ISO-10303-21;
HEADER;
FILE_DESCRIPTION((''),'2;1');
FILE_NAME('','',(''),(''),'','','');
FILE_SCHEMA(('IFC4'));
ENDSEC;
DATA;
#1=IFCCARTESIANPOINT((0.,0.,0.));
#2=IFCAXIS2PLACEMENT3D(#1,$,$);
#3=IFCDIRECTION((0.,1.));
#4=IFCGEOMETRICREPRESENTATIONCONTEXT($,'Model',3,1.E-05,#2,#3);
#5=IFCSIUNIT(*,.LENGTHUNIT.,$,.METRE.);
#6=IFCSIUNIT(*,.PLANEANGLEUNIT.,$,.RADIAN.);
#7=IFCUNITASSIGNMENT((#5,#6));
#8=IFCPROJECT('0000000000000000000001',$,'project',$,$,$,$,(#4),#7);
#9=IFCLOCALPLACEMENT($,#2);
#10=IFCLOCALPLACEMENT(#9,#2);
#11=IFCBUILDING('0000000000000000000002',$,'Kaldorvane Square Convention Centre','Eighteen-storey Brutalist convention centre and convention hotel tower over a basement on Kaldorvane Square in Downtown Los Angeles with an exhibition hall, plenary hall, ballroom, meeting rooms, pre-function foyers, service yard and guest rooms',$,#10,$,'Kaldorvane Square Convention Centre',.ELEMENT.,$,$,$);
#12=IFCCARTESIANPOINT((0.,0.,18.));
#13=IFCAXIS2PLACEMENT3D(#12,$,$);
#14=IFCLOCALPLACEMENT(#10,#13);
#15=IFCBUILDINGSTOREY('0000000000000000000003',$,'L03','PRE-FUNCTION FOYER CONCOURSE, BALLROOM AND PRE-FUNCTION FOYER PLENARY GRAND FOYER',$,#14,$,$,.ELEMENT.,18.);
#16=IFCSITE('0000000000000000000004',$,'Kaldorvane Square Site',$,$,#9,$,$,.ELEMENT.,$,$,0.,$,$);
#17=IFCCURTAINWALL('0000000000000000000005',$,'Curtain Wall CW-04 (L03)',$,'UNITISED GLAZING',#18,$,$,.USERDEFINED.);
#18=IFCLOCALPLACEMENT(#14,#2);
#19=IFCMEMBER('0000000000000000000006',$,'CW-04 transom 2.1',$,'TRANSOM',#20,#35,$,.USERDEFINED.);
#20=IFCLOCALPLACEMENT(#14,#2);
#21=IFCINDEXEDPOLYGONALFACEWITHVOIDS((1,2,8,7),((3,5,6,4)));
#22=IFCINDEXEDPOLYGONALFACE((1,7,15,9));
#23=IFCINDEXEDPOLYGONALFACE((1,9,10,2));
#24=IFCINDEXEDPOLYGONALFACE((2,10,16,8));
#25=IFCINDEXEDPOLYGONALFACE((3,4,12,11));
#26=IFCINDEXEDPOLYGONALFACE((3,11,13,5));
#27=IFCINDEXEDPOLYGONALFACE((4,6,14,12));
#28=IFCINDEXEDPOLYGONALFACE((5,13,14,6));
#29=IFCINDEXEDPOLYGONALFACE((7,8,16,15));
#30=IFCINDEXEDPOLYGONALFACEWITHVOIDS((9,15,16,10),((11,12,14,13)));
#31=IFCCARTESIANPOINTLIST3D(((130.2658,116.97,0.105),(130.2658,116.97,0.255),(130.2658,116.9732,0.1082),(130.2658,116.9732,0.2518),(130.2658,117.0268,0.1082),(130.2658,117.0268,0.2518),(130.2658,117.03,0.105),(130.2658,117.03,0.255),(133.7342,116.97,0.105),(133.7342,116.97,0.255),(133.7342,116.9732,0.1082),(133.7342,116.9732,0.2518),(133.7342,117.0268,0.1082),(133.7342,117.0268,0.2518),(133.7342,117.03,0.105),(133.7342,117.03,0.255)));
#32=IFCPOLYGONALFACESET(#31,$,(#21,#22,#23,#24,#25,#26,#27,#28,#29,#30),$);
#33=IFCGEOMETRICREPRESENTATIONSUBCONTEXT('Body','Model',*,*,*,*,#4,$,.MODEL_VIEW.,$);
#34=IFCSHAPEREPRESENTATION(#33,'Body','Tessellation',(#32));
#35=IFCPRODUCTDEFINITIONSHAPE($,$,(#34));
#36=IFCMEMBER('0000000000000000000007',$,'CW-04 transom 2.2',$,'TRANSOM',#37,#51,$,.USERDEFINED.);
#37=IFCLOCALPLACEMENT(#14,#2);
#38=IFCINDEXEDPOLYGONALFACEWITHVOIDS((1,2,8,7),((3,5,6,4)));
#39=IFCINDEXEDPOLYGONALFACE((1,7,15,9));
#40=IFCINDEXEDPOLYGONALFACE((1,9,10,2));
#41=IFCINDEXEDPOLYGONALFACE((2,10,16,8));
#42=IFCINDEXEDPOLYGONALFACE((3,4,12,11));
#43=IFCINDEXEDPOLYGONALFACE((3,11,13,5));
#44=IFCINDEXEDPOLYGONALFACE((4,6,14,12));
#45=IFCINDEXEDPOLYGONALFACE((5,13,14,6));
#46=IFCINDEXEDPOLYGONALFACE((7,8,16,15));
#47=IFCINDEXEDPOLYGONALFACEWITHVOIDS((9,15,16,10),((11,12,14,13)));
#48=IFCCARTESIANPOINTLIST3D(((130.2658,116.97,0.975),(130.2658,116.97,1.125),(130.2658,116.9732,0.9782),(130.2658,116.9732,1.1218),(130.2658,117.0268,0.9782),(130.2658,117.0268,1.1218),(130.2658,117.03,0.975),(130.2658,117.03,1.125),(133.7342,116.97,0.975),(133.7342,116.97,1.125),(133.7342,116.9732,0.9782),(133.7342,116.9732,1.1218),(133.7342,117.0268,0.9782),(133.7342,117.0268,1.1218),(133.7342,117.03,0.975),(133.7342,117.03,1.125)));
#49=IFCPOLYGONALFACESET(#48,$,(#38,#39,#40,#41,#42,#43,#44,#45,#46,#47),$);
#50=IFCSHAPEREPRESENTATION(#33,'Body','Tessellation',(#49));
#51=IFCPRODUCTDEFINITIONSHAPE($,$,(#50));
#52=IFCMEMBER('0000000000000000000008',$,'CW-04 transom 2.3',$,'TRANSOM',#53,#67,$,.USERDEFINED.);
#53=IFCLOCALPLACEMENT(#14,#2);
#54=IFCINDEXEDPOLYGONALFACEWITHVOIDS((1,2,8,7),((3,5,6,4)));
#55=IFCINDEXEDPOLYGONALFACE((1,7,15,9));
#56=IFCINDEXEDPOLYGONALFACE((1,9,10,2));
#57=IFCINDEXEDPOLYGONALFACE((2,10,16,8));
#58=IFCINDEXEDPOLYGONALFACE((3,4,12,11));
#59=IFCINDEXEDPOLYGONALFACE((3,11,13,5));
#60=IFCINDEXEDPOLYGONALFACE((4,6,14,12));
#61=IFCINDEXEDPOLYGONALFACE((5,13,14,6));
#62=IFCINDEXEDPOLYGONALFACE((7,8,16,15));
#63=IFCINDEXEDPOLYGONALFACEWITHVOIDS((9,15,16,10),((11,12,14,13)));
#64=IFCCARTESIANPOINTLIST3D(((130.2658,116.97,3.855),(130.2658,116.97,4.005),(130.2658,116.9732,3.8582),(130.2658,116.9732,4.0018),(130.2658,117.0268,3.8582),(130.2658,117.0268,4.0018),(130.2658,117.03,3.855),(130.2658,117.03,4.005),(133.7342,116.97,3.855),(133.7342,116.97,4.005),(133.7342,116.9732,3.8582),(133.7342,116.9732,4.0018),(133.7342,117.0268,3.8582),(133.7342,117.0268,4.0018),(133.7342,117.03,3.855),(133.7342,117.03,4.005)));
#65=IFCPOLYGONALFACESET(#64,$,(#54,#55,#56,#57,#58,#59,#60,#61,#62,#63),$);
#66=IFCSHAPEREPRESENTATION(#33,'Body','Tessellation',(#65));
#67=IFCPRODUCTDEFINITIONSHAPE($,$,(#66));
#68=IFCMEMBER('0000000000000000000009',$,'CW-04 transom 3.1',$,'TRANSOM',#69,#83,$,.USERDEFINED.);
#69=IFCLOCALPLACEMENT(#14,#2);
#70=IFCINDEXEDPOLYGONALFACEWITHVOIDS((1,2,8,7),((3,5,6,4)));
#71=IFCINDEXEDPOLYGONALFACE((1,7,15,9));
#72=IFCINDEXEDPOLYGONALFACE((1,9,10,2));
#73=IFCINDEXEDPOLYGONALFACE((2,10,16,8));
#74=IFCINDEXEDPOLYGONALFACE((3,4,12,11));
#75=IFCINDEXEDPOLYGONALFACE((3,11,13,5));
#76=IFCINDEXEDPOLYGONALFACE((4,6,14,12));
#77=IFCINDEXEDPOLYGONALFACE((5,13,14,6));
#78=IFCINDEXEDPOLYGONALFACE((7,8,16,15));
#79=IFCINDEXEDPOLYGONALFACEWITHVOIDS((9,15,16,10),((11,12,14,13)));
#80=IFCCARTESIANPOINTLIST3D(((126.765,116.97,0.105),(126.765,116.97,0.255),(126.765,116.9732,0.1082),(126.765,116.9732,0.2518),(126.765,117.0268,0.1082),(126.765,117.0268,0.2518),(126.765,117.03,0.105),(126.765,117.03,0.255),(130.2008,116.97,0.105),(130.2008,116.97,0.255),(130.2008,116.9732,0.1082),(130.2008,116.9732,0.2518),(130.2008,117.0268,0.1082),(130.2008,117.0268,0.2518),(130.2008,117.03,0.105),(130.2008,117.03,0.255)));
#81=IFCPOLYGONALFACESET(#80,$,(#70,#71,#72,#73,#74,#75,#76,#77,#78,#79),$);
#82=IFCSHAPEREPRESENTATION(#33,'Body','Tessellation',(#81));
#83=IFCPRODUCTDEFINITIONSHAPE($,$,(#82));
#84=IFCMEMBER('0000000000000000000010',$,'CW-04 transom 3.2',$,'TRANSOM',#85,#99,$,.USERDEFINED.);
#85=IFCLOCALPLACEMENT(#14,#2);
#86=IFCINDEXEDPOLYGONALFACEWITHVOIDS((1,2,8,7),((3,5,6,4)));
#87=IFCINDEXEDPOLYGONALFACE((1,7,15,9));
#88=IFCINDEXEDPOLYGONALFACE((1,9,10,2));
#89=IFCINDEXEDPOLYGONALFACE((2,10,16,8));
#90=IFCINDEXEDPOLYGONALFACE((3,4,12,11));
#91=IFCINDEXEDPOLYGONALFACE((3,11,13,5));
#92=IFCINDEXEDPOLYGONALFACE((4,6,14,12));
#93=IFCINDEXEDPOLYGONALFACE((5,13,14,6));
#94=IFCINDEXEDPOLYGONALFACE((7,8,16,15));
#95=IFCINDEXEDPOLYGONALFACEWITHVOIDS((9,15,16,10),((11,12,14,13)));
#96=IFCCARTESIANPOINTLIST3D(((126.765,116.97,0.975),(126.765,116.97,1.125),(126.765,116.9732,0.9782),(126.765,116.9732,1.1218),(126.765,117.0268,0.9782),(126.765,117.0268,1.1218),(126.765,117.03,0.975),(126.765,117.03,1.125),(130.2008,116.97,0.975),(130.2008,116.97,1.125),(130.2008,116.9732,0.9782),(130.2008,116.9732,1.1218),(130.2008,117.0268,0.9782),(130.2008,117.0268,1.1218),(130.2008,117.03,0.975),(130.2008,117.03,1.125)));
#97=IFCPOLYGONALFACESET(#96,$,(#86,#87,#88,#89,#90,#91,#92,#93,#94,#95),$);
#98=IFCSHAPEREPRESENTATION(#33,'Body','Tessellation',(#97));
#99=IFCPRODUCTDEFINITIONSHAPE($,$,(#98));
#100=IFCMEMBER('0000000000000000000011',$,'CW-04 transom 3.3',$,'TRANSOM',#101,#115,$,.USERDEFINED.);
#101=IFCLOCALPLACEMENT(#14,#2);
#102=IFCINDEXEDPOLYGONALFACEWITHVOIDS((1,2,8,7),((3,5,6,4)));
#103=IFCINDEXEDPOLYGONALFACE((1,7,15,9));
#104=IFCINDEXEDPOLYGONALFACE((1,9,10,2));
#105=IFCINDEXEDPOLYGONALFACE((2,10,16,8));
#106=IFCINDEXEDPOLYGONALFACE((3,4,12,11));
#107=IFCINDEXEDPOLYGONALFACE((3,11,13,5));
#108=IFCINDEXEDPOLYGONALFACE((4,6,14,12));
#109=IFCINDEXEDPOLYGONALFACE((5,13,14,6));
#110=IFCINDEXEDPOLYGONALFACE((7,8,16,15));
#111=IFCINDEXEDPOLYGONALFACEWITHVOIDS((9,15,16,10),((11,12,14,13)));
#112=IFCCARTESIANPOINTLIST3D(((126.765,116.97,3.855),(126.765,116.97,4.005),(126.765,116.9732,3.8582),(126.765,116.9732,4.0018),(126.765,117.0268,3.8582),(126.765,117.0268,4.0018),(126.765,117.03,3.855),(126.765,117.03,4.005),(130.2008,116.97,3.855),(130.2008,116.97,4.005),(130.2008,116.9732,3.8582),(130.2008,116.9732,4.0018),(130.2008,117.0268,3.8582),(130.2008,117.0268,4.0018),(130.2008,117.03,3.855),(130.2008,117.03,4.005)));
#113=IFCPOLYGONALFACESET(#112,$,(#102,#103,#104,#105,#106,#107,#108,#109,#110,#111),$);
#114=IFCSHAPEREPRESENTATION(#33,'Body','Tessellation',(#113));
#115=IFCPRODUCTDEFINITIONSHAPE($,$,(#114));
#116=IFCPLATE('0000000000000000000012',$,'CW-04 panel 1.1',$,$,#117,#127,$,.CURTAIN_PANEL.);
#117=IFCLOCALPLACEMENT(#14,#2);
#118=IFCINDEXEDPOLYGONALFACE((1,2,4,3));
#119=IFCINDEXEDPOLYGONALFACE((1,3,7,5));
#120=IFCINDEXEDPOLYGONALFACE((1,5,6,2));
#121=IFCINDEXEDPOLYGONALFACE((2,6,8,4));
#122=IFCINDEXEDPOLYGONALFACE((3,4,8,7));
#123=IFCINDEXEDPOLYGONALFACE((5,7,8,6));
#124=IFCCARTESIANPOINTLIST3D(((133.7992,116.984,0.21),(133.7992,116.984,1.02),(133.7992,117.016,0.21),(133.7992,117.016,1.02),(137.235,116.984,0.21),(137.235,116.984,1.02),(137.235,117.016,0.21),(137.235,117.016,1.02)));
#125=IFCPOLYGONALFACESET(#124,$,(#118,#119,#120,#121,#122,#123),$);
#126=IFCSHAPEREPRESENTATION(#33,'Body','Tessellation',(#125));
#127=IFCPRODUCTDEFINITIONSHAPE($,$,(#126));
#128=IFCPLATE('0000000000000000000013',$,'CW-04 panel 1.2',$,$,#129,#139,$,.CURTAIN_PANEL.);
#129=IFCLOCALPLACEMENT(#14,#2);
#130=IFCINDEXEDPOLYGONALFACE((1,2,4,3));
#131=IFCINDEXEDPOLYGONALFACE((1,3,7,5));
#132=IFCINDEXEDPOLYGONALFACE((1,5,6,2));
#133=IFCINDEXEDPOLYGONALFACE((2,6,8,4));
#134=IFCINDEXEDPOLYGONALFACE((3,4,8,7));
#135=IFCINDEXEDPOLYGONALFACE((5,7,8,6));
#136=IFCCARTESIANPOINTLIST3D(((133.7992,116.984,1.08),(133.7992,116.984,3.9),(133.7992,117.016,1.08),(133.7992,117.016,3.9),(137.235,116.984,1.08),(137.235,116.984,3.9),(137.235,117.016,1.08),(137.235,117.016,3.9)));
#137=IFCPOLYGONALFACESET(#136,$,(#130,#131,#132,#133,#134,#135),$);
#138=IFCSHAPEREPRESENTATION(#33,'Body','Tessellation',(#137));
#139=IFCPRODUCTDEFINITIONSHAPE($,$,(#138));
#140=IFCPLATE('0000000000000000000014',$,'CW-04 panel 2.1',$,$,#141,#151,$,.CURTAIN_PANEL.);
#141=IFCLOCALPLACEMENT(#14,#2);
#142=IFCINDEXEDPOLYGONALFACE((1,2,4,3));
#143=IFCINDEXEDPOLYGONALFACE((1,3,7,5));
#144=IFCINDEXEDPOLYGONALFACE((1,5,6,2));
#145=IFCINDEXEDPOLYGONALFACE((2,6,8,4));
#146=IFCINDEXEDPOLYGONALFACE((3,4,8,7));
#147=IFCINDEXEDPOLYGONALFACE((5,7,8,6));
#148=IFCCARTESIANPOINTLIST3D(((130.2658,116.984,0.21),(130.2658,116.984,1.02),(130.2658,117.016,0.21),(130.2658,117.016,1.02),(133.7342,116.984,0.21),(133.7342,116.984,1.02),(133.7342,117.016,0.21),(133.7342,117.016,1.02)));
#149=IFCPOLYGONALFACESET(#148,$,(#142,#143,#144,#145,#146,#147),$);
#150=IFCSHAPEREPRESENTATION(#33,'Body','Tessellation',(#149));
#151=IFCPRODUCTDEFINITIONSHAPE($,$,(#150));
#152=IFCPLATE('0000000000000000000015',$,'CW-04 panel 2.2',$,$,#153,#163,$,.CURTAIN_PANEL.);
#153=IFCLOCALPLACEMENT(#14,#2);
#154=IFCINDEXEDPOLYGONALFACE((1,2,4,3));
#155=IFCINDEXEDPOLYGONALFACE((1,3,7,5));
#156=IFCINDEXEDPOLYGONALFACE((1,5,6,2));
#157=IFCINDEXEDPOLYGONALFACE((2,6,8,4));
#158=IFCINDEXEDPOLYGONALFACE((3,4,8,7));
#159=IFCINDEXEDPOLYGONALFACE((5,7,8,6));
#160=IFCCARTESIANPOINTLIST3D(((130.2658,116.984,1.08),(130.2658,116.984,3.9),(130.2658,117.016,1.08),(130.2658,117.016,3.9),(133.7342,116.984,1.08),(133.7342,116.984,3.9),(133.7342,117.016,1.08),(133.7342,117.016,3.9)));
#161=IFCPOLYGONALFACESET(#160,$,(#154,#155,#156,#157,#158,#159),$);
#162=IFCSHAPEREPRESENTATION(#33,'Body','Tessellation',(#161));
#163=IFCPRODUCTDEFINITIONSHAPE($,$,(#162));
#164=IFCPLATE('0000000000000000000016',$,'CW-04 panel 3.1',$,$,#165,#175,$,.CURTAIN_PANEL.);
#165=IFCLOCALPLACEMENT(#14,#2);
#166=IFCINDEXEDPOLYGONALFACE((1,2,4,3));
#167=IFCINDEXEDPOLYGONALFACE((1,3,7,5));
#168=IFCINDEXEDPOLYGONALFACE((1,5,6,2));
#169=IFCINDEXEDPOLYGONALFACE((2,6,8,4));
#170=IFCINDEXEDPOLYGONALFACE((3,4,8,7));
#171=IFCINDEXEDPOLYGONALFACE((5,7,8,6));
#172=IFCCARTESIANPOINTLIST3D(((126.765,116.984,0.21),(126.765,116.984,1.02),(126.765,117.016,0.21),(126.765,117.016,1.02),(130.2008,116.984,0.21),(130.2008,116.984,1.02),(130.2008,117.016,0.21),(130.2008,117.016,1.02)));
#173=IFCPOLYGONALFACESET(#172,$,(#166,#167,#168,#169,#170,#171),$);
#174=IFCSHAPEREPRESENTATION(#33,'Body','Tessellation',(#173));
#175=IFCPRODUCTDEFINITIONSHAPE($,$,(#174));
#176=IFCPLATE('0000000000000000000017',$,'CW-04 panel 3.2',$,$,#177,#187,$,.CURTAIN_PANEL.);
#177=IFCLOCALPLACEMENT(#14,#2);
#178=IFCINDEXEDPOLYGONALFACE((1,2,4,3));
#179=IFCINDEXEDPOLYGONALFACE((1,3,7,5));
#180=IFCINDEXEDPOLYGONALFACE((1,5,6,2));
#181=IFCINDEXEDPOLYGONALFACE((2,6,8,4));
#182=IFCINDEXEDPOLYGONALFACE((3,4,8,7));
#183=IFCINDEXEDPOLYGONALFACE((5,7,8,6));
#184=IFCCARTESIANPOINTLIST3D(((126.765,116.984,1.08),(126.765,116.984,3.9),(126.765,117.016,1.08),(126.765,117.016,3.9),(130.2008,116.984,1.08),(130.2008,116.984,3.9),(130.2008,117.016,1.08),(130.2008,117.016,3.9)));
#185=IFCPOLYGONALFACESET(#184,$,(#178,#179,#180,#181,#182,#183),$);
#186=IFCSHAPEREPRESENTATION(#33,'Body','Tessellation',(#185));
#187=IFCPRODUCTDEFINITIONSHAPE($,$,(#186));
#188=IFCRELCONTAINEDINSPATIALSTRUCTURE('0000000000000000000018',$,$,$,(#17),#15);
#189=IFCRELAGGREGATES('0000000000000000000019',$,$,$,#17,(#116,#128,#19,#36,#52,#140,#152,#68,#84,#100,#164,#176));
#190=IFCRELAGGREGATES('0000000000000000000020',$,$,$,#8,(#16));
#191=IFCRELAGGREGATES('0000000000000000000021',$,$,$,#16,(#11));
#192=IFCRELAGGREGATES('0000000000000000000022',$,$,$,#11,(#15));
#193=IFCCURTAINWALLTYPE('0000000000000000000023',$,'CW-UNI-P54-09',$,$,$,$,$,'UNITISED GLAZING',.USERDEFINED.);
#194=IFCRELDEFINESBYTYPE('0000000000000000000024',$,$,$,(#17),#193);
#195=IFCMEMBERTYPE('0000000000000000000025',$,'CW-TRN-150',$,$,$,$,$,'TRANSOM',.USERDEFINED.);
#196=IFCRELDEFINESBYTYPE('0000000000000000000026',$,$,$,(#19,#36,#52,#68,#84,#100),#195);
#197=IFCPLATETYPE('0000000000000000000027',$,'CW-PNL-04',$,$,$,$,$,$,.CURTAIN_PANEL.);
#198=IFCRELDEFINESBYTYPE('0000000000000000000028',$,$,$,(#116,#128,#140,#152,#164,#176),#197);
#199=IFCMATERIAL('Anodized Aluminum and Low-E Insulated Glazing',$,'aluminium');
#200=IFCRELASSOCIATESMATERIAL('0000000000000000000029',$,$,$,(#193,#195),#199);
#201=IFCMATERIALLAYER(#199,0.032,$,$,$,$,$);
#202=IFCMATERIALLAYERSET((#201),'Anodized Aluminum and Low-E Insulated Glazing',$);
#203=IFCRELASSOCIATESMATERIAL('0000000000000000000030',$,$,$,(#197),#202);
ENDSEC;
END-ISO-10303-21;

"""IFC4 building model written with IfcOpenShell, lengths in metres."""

from ifc_helpers import new_model, si_unit, direction, frame, origin, origin_2d, place, context, subcontext, project, spatial, rectangle, hollow_rectangle, extrude, material, layer, layer_set, material_profile, profile_set, type_object, element, aggregate, save


model = new_model("IFC4")

# Units and contexts
model_context = context("Model", 3, precision=1e-05, world=origin(), true_north=direction((0.0, 1.0)))
body_context = subcontext(model_context, "Body", "Model", "MODEL_VIEW")
ifc_project = project(units=[si_unit("LENGTHUNIT", "METRE"), si_unit("PLANEANGLEUNIT", "RADIAN")], contexts=[model_context])

# Site, building, storey
site_placement = place(None, origin())
site = spatial("IfcSite", under=ifc_project, at=site_placement, Name="Kaldorvane Square Site", CompositionType="ELEMENT", RefElevation=0.0)
building_placement = place(site_placement, origin())
building = spatial("IfcBuilding", under=site, at=building_placement, Name="Kaldorvane Square Convention Centre", Description="Eighteen-storey Brutalist convention centre and convention hotel tower over a basement on Kaldorvane Square in Downtown Los Angeles with an exhibition hall, plenary hall, ballroom, meeting rooms, pre-function foyers, service yard and guest rooms", LongName="Kaldorvane Square Convention Centre", CompositionType="ELEMENT")
storey_placement = place(building_placement, frame((0.0, 0.0, 18.0)))
storey = spatial("IfcBuildingStorey", under=building, at=storey_placement, Name="L03", Description="PRE-FUNCTION FOYER CONCOURSE, BALLROOM AND PRE-FUNCTION FOYER PLENARY GRAND FOYER", CompositionType="ELEMENT", Elevation=18.0)

# Curtain wall, members, plates
ifc_material_1 = material(Name="Anodized Aluminum and Low-E Insulated Glazing", Category="aluminium")
curtain_wall_type = type_object("IfcCurtainWallType", Name="CW-UNI-P54-09", ElementType="UNITISED GLAZING", PredefinedType="USERDEFINED", material=ifc_material_1)
curtain_wall_placement = place(storey_placement, origin())
curtain_wall = element("IfcCurtainWall", 1, at=curtain_wall_placement, inside=storey, type_object=curtain_wall_type, Name="Curtain Wall CW-04 (L03)", ObjectType="UNITISED GLAZING", PredefinedType="USERDEFINED")
ifc_material_profile_1 = material_profile(ifc_material_1, hollow_rectangle(XDim=0.06, YDim=0.15, WallThickness=0.0032, at=origin_2d()), Name="CWT-150X60")
ifc_profile_set_1 = profile_set([ifc_material_profile_1], Name="Anodized Aluminum and Low-E Insulated Glazing")
member_type_1 = type_object("IfcMemberType", Name="CW-TRN-150", ElementType="TRANSOM", PredefinedType="USERDEFINED", material=ifc_profile_set_1)
member_1_placement = place(storey_placement, frame((133.7342, 117.0, 0.18), z_axis=(-1.0, 0.0, 0.0), x_axis=(0.0, -1.0, 0.0)))
member_1 = element("IfcMember", 2, at=member_1_placement, type_object=member_type_1, Name="CW-04 transom 2.1", ObjectType="TRANSOM", PredefinedType="USERDEFINED", context=body_context, shape_type="SweptSolid", body=[
    extrude(hollow_rectangle(XDim=0.06, YDim=0.15, WallThickness=0.0032, at=origin_2d()), origin(), (0.0, 0.0, 1.0), 3.4683),
])
member_2_placement = place(storey_placement, frame((133.7342, 117.0, 1.05), z_axis=(-1.0, 0.0, 0.0), x_axis=(0.0, -1.0, 0.0)))
member_2 = element("IfcMember", 3, at=member_2_placement, type_object=member_type_1, Name="CW-04 transom 2.2", ObjectType="TRANSOM", PredefinedType="USERDEFINED", context=body_context, shape_type="SweptSolid", body=[
    extrude(hollow_rectangle(XDim=0.06, YDim=0.15, WallThickness=0.0032, at=origin_2d()), origin(), (0.0, 0.0, 1.0), 3.4683),
])
member_3_placement = place(storey_placement, frame((133.7342, 117.0, 3.93), z_axis=(-1.0, 0.0, 0.0), x_axis=(0.0, -1.0, 0.0)))
member_3 = element("IfcMember", 4, at=member_3_placement, type_object=member_type_1, Name="CW-04 transom 2.3", ObjectType="TRANSOM", PredefinedType="USERDEFINED", context=body_context, shape_type="SweptSolid", body=[
    extrude(hollow_rectangle(XDim=0.06, YDim=0.15, WallThickness=0.0032, at=origin_2d()), origin(), (0.0, 0.0, 1.0), 3.4683),
])
member_4_placement = place(storey_placement, frame((130.2008, 117.0, 0.18), z_axis=(-1.0, 0.0, 0.0), x_axis=(0.0, -1.0, 0.0)))
member_4 = element("IfcMember", 5, at=member_4_placement, type_object=member_type_1, Name="CW-04 transom 3.1", ObjectType="TRANSOM", PredefinedType="USERDEFINED", context=body_context, shape_type="SweptSolid", body=[
    extrude(hollow_rectangle(XDim=0.06, YDim=0.15, WallThickness=0.0032, at=origin_2d()), origin(), (0.0, 0.0, 1.0), 3.4358),
])
member_5_placement = place(storey_placement, frame((130.2008, 117.0, 1.05), z_axis=(-1.0, 0.0, 0.0), x_axis=(0.0, -1.0, 0.0)))
member_5 = element("IfcMember", 6, at=member_5_placement, type_object=member_type_1, Name="CW-04 transom 3.2", ObjectType="TRANSOM", PredefinedType="USERDEFINED", context=body_context, shape_type="SweptSolid", body=[
    extrude(hollow_rectangle(XDim=0.06, YDim=0.15, WallThickness=0.0032, at=origin_2d()), origin(), (0.0, 0.0, 1.0), 3.4358),
])
member_6_placement = place(storey_placement, frame((130.2008, 117.0, 3.93), z_axis=(-1.0, 0.0, 0.0), x_axis=(0.0, -1.0, 0.0)))
member_6 = element("IfcMember", 7, at=member_6_placement, type_object=member_type_1, Name="CW-04 transom 3.3", ObjectType="TRANSOM", PredefinedType="USERDEFINED", context=body_context, shape_type="SweptSolid", body=[
    extrude(hollow_rectangle(XDim=0.06, YDim=0.15, WallThickness=0.0032, at=origin_2d()), origin(), (0.0, 0.0, 1.0), 3.4358),
])
ifc_layer_1 = layer(ifc_material_1, 0.032)
ifc_layer_set_1 = layer_set([ifc_layer_1], Name="Anodized Aluminum and Low-E Insulated Glazing")
plate_type = type_object("IfcPlateType", Name="CW-PNL-04", PredefinedType="CURTAIN_PANEL", material=ifc_layer_set_1)
plate_1_placement = place(storey_placement, frame((135.5171, 117.0, 0.21), z_axis=(0.0, 0.0, 1.0), x_axis=(-1.0, 0.0, 0.0)))
plate_1 = element("IfcPlate", 8, at=plate_1_placement, type_object=plate_type, Name="CW-04 panel 1.1", PredefinedType="CURTAIN_PANEL", context=body_context, shape_type="SweptSolid", body=[
    extrude(rectangle(XDim=3.4358, YDim=0.032, at=origin_2d()), origin(), (0.0, 0.0, 1.0), 0.81),
])
plate_2_placement = place(storey_placement, frame((135.5171, 117.0, 1.08), z_axis=(0.0, 0.0, 1.0), x_axis=(-1.0, 0.0, 0.0)))
plate_2 = element("IfcPlate", 9, at=plate_2_placement, type_object=plate_type, Name="CW-04 panel 1.2", PredefinedType="CURTAIN_PANEL", context=body_context, shape_type="SweptSolid", body=[
    extrude(rectangle(XDim=3.4358, YDim=0.032, at=origin_2d()), origin(), (0.0, 0.0, 1.0), 2.82),
])
plate_3_placement = place(storey_placement, frame((132.0, 117.0, 0.21), z_axis=(0.0, 0.0, 1.0), x_axis=(-1.0, 0.0, 0.0)))
plate_3 = element("IfcPlate", 10, at=plate_3_placement, type_object=plate_type, Name="CW-04 panel 2.1", PredefinedType="CURTAIN_PANEL", context=body_context, shape_type="SweptSolid", body=[
    extrude(rectangle(XDim=3.4683, YDim=0.032, at=origin_2d()), origin(), (0.0, 0.0, 1.0), 0.81),
])
plate_4_placement = place(storey_placement, frame((132.0, 117.0, 1.08), z_axis=(0.0, 0.0, 1.0), x_axis=(-1.0, 0.0, 0.0)))
plate_4 = element("IfcPlate", 11, at=plate_4_placement, type_object=plate_type, Name="CW-04 panel 2.2", PredefinedType="CURTAIN_PANEL", context=body_context, shape_type="SweptSolid", body=[
    extrude(rectangle(XDim=3.4683, YDim=0.032, at=origin_2d()), origin(), (0.0, 0.0, 1.0), 2.82),
])
plate_5_placement = place(storey_placement, frame((128.4829, 117.0, 0.21), z_axis=(0.0, 0.0, 1.0), x_axis=(-1.0, 0.0, 0.0)))
plate_5 = element("IfcPlate", 12, at=plate_5_placement, type_object=plate_type, Name="CW-04 panel 3.1", PredefinedType="CURTAIN_PANEL", context=body_context, shape_type="SweptSolid", body=[
    extrude(rectangle(XDim=3.4358, YDim=0.032, at=origin_2d()), origin(), (0.0, 0.0, 1.0), 0.81),
])
plate_6_placement = place(storey_placement, frame((128.4829, 117.0, 1.08), z_axis=(0.0, 0.0, 1.0), x_axis=(-1.0, 0.0, 0.0)))
plate_6 = element("IfcPlate", 13, at=plate_6_placement, type_object=plate_type, Name="CW-04 panel 3.2", PredefinedType="CURTAIN_PANEL", context=body_context, shape_type="SweptSolid", body=[
    extrude(rectangle(XDim=3.4358, YDim=0.032, at=origin_2d()), origin(), (0.0, 0.0, 1.0), 2.82),
])
aggregate(curtain_wall, [plate_1, plate_2, member_1, member_2, member_3, plate_3, plate_4, member_4, member_5, member_6, plate_5, plate_6])

save(model, "model.ifc")
